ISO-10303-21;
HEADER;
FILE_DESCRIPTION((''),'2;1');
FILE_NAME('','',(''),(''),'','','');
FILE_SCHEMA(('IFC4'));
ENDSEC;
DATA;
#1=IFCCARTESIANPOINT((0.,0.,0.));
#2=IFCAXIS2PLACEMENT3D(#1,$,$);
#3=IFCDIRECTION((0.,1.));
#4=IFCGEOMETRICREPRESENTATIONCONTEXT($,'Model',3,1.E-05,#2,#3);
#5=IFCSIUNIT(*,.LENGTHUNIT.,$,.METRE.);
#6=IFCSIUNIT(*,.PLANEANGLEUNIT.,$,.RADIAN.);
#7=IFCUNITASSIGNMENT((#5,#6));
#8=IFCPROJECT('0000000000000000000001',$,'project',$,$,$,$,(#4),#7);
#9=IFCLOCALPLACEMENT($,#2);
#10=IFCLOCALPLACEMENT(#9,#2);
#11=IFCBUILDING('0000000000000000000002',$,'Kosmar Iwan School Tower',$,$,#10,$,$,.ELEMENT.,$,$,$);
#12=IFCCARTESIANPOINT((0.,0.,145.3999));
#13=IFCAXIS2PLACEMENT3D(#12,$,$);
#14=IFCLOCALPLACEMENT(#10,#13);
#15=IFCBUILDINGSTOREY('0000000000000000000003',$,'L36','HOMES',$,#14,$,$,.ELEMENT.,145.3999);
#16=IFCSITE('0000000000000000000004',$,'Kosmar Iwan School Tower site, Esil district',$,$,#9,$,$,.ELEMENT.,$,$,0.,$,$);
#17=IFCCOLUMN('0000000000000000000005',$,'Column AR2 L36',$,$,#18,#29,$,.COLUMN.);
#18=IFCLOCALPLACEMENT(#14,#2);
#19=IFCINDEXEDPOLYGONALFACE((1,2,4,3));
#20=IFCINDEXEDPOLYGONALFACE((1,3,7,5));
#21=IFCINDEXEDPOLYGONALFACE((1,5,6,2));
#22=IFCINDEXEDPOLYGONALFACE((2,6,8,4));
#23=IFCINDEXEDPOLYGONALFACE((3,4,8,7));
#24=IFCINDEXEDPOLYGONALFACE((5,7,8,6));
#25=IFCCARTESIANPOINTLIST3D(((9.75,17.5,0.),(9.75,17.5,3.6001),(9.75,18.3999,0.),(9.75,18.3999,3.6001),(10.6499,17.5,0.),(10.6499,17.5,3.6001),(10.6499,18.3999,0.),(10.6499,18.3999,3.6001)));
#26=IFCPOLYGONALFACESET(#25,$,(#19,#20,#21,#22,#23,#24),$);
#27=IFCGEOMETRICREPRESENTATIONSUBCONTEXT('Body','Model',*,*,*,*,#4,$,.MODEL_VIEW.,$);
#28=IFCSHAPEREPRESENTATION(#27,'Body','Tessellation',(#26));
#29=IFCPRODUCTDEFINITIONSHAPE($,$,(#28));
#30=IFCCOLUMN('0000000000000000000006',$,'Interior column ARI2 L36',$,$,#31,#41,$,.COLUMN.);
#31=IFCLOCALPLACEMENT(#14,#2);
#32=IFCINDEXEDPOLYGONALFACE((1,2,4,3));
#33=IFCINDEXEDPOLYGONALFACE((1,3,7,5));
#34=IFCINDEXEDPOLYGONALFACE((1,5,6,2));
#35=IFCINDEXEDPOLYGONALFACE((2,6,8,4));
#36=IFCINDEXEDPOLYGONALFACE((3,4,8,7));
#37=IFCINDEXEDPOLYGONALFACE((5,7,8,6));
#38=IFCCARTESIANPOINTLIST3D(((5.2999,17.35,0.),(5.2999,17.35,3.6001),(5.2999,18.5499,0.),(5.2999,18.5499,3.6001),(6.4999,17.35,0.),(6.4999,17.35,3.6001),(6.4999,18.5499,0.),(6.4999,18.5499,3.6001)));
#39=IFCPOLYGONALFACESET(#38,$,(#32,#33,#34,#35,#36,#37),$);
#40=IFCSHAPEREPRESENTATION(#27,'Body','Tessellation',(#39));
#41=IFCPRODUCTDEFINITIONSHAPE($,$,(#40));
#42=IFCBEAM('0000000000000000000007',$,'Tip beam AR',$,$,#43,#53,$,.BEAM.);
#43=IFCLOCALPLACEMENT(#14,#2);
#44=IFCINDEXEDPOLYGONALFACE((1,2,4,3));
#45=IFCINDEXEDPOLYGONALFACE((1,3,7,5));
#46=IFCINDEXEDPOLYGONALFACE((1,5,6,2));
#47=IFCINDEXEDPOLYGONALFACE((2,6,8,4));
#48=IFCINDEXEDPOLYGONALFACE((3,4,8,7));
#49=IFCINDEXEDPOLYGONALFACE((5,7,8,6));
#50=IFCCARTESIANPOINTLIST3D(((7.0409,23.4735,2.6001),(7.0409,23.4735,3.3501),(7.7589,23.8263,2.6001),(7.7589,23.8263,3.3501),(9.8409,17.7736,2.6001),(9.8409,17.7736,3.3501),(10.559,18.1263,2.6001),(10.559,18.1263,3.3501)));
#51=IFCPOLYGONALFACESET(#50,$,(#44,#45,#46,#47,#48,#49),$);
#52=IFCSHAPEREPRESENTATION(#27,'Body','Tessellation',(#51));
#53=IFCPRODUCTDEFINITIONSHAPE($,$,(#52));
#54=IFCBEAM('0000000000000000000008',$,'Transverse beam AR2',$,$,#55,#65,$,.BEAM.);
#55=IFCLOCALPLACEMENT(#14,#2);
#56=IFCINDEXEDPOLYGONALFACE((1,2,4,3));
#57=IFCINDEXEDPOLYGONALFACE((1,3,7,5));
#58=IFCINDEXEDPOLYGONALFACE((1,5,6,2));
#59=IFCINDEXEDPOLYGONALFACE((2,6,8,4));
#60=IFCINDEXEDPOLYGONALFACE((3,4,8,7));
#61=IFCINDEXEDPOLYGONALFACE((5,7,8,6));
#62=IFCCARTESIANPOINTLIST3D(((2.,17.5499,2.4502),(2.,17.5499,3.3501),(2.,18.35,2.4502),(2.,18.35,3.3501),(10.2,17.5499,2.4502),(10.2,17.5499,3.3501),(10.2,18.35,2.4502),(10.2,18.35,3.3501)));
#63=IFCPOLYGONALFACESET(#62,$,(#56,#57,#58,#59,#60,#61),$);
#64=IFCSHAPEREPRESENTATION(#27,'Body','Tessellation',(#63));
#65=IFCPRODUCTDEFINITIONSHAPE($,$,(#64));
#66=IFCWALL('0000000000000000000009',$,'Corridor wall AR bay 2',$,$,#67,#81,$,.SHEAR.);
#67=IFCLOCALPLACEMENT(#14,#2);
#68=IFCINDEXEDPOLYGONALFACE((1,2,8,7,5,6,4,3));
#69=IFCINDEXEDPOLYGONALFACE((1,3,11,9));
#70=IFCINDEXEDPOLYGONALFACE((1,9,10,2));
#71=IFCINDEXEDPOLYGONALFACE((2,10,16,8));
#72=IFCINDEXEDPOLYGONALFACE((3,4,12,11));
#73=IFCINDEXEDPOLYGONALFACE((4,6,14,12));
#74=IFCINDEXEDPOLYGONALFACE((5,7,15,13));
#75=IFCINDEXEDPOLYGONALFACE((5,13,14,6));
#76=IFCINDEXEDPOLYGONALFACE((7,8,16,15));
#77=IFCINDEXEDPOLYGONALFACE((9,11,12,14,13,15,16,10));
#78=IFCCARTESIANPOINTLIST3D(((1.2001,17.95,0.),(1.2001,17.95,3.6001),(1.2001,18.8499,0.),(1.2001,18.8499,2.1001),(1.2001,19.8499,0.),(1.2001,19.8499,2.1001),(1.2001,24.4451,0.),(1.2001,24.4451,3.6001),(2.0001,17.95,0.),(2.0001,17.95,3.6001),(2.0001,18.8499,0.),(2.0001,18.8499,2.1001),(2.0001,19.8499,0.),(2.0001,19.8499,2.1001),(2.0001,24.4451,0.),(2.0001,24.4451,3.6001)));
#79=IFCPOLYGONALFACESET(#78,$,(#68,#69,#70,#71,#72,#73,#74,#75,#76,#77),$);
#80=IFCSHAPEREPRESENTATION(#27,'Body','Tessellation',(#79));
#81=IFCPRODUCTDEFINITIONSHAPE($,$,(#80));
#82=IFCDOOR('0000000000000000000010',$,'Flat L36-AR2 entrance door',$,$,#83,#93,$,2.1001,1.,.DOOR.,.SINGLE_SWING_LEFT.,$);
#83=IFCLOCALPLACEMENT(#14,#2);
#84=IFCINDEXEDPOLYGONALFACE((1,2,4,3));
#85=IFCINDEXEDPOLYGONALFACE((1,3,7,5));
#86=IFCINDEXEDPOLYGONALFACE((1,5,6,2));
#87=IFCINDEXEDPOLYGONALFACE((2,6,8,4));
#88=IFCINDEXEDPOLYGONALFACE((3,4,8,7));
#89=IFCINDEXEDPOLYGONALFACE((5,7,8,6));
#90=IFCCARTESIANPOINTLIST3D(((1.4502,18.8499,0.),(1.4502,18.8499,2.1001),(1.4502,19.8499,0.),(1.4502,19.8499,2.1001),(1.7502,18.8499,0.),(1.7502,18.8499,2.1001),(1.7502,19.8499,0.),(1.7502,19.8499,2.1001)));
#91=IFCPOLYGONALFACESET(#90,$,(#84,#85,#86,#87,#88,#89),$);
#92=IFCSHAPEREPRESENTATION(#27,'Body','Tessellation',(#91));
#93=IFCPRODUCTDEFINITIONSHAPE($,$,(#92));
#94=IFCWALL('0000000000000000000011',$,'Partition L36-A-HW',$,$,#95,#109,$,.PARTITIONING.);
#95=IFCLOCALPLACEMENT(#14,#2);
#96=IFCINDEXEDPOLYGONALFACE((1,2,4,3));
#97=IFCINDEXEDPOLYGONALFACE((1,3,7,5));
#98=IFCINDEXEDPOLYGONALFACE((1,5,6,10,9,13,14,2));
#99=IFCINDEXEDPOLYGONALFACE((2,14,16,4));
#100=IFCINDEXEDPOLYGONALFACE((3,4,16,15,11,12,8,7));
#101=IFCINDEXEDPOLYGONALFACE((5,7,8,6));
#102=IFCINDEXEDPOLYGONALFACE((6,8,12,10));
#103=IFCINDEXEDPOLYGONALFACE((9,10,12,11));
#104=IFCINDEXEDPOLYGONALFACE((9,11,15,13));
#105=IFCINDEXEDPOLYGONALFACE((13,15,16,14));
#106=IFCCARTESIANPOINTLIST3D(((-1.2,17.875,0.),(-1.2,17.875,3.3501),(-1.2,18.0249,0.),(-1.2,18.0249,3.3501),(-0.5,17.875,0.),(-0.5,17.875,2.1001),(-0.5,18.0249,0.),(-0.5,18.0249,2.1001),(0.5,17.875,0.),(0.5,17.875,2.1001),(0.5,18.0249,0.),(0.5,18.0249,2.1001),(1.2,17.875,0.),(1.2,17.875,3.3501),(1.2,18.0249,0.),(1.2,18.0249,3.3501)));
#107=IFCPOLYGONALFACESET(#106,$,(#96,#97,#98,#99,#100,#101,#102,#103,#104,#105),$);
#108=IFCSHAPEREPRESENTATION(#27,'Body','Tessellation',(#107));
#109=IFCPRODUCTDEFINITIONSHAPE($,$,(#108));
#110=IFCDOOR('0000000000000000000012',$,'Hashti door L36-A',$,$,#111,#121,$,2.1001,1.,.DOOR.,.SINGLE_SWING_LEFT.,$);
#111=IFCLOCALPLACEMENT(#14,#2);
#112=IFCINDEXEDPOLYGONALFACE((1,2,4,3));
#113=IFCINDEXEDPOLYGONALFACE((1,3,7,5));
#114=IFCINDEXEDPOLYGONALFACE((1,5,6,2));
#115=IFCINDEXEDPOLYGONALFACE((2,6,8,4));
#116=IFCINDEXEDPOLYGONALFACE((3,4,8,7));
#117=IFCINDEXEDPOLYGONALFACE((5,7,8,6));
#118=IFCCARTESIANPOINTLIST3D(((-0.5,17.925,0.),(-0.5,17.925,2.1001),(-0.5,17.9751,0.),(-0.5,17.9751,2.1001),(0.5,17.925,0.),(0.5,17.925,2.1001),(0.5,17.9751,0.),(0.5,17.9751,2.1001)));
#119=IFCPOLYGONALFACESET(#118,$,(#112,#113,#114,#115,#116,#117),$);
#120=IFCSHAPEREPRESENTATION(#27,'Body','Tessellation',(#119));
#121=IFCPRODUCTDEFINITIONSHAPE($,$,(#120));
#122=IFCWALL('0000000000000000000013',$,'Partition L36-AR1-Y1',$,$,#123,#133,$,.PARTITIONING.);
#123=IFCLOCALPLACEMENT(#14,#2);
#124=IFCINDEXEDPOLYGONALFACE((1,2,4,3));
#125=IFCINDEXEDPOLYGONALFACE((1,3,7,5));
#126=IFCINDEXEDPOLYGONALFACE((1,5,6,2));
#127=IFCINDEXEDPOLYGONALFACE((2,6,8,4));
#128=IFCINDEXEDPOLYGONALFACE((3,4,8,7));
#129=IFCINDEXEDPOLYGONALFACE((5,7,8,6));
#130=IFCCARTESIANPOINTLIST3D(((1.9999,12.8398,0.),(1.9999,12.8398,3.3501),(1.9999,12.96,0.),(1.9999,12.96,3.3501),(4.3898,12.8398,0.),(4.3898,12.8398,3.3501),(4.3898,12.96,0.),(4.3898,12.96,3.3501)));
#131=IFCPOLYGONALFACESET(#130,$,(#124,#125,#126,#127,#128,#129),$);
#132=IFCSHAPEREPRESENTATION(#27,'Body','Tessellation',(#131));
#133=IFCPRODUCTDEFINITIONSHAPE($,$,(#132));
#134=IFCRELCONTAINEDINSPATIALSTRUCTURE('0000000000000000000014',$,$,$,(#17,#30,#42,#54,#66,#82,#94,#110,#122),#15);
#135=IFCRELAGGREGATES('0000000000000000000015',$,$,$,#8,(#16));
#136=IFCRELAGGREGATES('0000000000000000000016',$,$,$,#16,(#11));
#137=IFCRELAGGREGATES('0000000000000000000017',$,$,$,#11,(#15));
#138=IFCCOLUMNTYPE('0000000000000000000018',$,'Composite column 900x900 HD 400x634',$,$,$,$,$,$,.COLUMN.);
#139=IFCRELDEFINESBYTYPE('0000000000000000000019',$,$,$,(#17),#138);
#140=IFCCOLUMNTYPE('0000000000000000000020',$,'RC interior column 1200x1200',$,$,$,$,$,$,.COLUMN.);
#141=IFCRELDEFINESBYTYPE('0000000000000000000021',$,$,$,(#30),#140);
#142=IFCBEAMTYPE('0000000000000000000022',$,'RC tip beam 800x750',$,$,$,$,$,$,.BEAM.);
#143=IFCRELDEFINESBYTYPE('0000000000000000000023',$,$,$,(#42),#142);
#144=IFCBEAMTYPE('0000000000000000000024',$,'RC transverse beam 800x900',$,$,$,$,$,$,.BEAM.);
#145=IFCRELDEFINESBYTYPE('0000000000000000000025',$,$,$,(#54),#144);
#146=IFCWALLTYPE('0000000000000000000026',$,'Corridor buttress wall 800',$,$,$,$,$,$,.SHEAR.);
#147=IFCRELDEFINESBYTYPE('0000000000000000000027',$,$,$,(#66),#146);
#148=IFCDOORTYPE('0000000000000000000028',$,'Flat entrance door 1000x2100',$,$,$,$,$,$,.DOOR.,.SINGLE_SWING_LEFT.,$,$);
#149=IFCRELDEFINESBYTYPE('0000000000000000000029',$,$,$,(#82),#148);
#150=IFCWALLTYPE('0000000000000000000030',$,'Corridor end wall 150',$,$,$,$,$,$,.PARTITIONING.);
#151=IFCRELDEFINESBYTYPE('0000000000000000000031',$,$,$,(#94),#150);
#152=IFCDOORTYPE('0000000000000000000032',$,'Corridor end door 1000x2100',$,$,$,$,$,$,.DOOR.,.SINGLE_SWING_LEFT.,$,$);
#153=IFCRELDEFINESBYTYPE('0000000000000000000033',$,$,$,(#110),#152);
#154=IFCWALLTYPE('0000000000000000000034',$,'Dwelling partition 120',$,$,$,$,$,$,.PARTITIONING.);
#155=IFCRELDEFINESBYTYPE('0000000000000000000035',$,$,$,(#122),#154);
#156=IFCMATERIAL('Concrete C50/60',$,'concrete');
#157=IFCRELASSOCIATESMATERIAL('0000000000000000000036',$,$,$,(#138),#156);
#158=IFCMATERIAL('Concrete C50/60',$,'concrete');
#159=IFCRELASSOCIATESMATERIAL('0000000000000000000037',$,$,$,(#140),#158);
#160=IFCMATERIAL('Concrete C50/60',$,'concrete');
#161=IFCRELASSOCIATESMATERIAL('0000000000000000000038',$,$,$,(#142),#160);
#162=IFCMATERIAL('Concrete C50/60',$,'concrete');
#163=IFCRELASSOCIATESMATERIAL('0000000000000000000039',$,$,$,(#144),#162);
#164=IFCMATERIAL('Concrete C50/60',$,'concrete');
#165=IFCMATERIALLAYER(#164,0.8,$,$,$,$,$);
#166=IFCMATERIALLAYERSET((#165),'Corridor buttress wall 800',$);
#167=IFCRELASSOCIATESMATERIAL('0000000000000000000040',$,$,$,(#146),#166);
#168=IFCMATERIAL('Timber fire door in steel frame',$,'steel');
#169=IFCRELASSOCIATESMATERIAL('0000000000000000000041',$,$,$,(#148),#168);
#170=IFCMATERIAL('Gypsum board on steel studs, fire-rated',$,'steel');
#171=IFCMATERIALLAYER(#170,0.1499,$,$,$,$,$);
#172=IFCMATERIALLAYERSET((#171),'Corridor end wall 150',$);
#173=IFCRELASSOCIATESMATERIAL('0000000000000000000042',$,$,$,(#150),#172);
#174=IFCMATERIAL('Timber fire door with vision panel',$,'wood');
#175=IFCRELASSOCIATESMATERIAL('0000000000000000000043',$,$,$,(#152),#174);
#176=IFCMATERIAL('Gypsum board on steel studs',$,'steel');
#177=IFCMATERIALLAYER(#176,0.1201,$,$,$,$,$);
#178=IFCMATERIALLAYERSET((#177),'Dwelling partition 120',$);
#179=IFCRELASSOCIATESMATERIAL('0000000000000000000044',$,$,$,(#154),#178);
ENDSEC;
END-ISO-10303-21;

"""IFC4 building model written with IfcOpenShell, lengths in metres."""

from ifc_helpers import new_model, si_unit, direction, frame, frame_2d, origin, origin_2d, place, context, subcontext, project, spatial, rectangle, extrude, material, layer, layer_set, material_profile, profile_set, type_object, element, fill, save


model = new_model("IFC4")

# Units and contexts
model_context = context("Model", 3, precision=1e-05, world=origin(), true_north=direction((0.0, 1.0)))
body_context = subcontext(model_context, "Body", "Model", "MODEL_VIEW")
ifc_project = project(units=[si_unit("LENGTHUNIT", "METRE"), si_unit("PLANEANGLEUNIT", "RADIAN")], contexts=[model_context])

# Site, building, storey
site_placement = place(None, origin())
site = spatial("IfcSite", under=ifc_project, at=site_placement, Name="Kosmar Iwan School Tower site, Esil district", CompositionType="ELEMENT", RefElevation=0.0)
building_placement = place(site_placement, origin())
building = spatial("IfcBuilding", under=site, at=building_placement, Name="Kosmar Iwan School Tower", CompositionType="ELEMENT")
storey_placement = place(building_placement, frame((0.0, 0.0, 145.3999)))
storey = spatial("IfcBuildingStorey", under=building, at=storey_placement, Name="L36", Description="HOMES", CompositionType="ELEMENT", Elevation=145.3999)

# Columns
ifc_material_1 = material(Name="Concrete C50/60", Category="concrete")
ifc_material_profile_1 = material_profile(ifc_material_1, rectangle(XDim=0.8999, YDim=0.8999, at=origin_2d()), Name="RC 900x900 + HD 400x634")
ifc_profile_set_1 = profile_set([ifc_material_profile_1], Name="Concrete C50/60")
column_type_1 = type_object("IfcColumnType", Name="Composite column 900x900 HD 400x634", PredefinedType="COLUMN", material=ifc_profile_set_1)
column_1_placement = place(storey_placement, frame((10.2, 17.95, 0.0), z_axis=(0.0, 0.0, 1.0), x_axis=(0.0, 1.0, 0.0)))
element("IfcColumn", 1, at=column_1_placement, inside=storey, type_object=column_type_1, Name="Column AR2 L36", PredefinedType="COLUMN", context=body_context, shape_type="SweptSolid", body=[
    extrude(rectangle(XDim=0.8999, YDim=0.8999, at=origin_2d()), origin(), (0.0, 0.0, 1.0), 3.6001),
])
ifc_material_2 = material(Name="Concrete C50/60", Category="concrete")
ifc_material_profile_2 = material_profile(ifc_material_2, rectangle(XDim=1.2, YDim=1.2, at=origin_2d()), Name="RC 1200x1200")
ifc_profile_set_2 = profile_set([ifc_material_profile_2], Name="Concrete C50/60")
column_type_2 = type_object("IfcColumnType", Name="RC interior column 1200x1200", PredefinedType="COLUMN", material=ifc_profile_set_2)
column_2_placement = place(storey_placement, frame((5.8999, 17.95, 0.0), z_axis=(0.0, 0.0, 1.0), x_axis=(0.0, 1.0, 0.0)))
element("IfcColumn", 2, at=column_2_placement, inside=storey, type_object=column_type_2, Name="Interior column ARI2 L36", PredefinedType="COLUMN", context=body_context, shape_type="SweptSolid", body=[
    extrude(rectangle(XDim=1.2, YDim=1.2, at=origin_2d()), origin(), (0.0, 0.0, 1.0), 3.6001),
])

# Beams
ifc_material_3 = material(Name="Concrete C50/60", Category="concrete")
ifc_material_profile_3 = material_profile(ifc_material_3, rectangle(XDim=0.8, YDim=0.75, at=origin_2d()), Name="RC 800x750")
ifc_profile_set_3 = profile_set([ifc_material_profile_3], Name="Concrete C50/60")
beam_type_1 = type_object("IfcBeamType", Name="RC tip beam 800x750", PredefinedType="BEAM", material=ifc_profile_set_3)
beam_1_placement = place(storey_placement, frame((10.2, 17.95, 2.9751), z_axis=(-0.440913, 0.89755, 0.0), x_axis=(-0.89755, -0.440913, 0.0)))
element("IfcBeam", 3, at=beam_1_placement, inside=storey, type_object=beam_type_1, Name="Tip beam AR", PredefinedType="BEAM", context=body_context, shape_type="SweptSolid", body=[
    extrude(rectangle(XDim=0.8, YDim=0.75, at=origin_2d()), origin(), (0.0, 0.0, 1.0), 6.3506),
])
ifc_material_4 = material(Name="Concrete C50/60", Category="concrete")
ifc_material_profile_4 = material_profile(ifc_material_4, rectangle(XDim=0.8, YDim=0.8999, at=origin_2d()), Name="RC 800x900")
ifc_profile_set_4 = profile_set([ifc_material_profile_4], Name="Concrete C50/60")
beam_type_2 = type_object("IfcBeamType", Name="RC transverse beam 800x900", PredefinedType="BEAM", material=ifc_profile_set_4)
beam_2_placement = place(storey_placement, frame((10.2, 17.95, 2.9001), z_axis=(-1.0, 0.0, 0.0), x_axis=(0.0, -1.0, 0.0)))
element("IfcBeam", 4, at=beam_2_placement, inside=storey, type_object=beam_type_2, Name="Transverse beam AR2", PredefinedType="BEAM", context=body_context, shape_type="SweptSolid", body=[
    extrude(rectangle(XDim=0.8, YDim=0.8999, at=origin_2d()), origin(), (0.0, 0.0, 1.0), 8.2),
])

# Walls, openings, doors
ifc_material_5 = material(Name="Concrete C50/60", Category="concrete")
ifc_layer_1 = layer(ifc_material_5, 0.8)
ifc_layer_set_1 = layer_set([ifc_layer_1], Name="Corridor buttress wall 800")
wall_type_1 = type_object("IfcWallType", Name="Corridor buttress wall 800", PredefinedType="SHEAR", material=ifc_layer_set_1)
wall_1_placement = place(storey_placement, frame((1.6001, 17.95, 0.0), z_axis=(0.0, 0.0, 1.0), x_axis=(0.0, 1.0, 0.0)))
wall_1 = element("IfcWall", 5, at=wall_1_placement, inside=storey, type_object=wall_type_1, Name="Corridor wall AR bay 2", PredefinedType="SHEAR", context=body_context, shape_type="SweptSolid", body=[
    extrude(rectangle(XDim=6.4951, YDim=0.8, at=frame_2d((3.2476, 0.0))), origin(), (0.0, 0.0, 1.0), 3.6001),
])
opening_1_placement = place(wall_1_placement, frame((0.8999, 0.0, 0.0)))
opening_1 = element("IfcOpeningElement", 6, at=opening_1_placement, cuts=wall_1, PredefinedType="OPENING", context=body_context, shape_type="SweptSolid", body=[
    extrude(rectangle(XDim=1.0, YDim=2.1001, at=frame_2d((0.5, 1.05))), frame((0.0, 0.4121, 0.0), z_axis=(0.0, -1.0, 0.0), x_axis=(1.0, 0.0, 0.0)), (0.0, 0.0, 1.0), 0.824),
])
ifc_material_6 = material(Name="Timber fire door in steel frame", Category="steel")
door_type_1 = type_object("IfcDoorType", Name="Flat entrance door 1000x2100", OperationType="SINGLE_SWING_LEFT", PredefinedType="DOOR", material=ifc_material_6)
door_1_placement = place(opening_1_placement, origin())
door_1 = element("IfcDoor", 7, at=door_1_placement, inside=storey, type_object=door_type_1, Name="Flat L36-AR2 entrance door", OperationType="SINGLE_SWING_LEFT", OverallHeight=2.1001, OverallWidth=1.0, PredefinedType="DOOR", context=body_context, shape_type="SweptSolid", body=[
    extrude(rectangle(XDim=1.0, YDim=2.1001, at=frame_2d((0.5, 1.05))), frame((0.0, 0.1499, 0.0), z_axis=(0.0, -1.0, 0.0), x_axis=(1.0, 0.0, 0.0)), (0.0, 0.0, 1.0), 0.3),
])
fill(opening_1, door_1)
ifc_material_7 = material(Name="Gypsum board on steel studs, fire-rated", Category="steel")
ifc_layer_2 = layer(ifc_material_7, 0.1499)
ifc_layer_set_2 = layer_set([ifc_layer_2], Name="Corridor end wall 150")
wall_type_2 = type_object("IfcWallType", Name="Corridor end wall 150", PredefinedType="PARTITIONING", material=ifc_layer_set_2)
wall_2_placement = place(storey_placement, frame((1.2, 17.95, 0.0), z_axis=(0.0, 0.0, 1.0), x_axis=(-1.0, 0.0, 0.0)))
wall_2 = element("IfcWall", 8, at=wall_2_placement, inside=storey, type_object=wall_type_2, Name="Partition L36-A-HW", PredefinedType="PARTITIONING", context=body_context, shape_type="SweptSolid", body=[
    extrude(rectangle(XDim=2.3999, YDim=0.1499, at=frame_2d((1.2, 0.0))), origin(), (0.0, 0.0, 1.0), 3.3501),
])
opening_2_placement = place(wall_2_placement, frame((0.7, 0.0, 0.0)))
opening_2 = element("IfcOpeningElement", 9, at=opening_2_placement, cuts=wall_2, PredefinedType="OPENING", context=body_context, shape_type="SweptSolid", body=[
    extrude(rectangle(XDim=1.0, YDim=2.1001, at=frame_2d((0.5, 1.05))), frame((0.0, 0.0869, 0.0), z_axis=(0.0, -1.0, 0.0), x_axis=(1.0, 0.0, 0.0)), (0.0, 0.0, 1.0), 0.1738),
])
ifc_material_8 = material(Name="Timber fire door with vision panel", Category="wood")
door_type_2 = type_object("IfcDoorType", Name="Corridor end door 1000x2100", OperationType="SINGLE_SWING_LEFT", PredefinedType="DOOR", material=ifc_material_8)
door_2_placement = place(opening_2_placement, origin())
door_2 = element("IfcDoor", 10, at=door_2_placement, inside=storey, type_object=door_type_2, Name="Hashti door L36-A", OperationType="SINGLE_SWING_LEFT", OverallHeight=2.1001, OverallWidth=1.0, PredefinedType="DOOR", context=body_context, shape_type="SweptSolid", body=[
    extrude(rectangle(XDim=1.0, YDim=2.1001, at=frame_2d((0.5, 1.05))), frame((0.0, 0.0249, 0.0), z_axis=(0.0, -1.0, 0.0), x_axis=(1.0, 0.0, 0.0)), (0.0, 0.0, 1.0), 0.05),
])
fill(opening_2, door_2)

# Wall
ifc_material_9 = material(Name="Gypsum board on steel studs", Category="steel")
ifc_layer_3 = layer(ifc_material_9, 0.1201)
ifc_layer_set_3 = layer_set([ifc_layer_3], Name="Dwelling partition 120")
wall_type_3 = type_object("IfcWallType", Name="Dwelling partition 120", PredefinedType="PARTITIONING", material=ifc_layer_set_3)
wall_3_placement = place(storey_placement, frame((2.0, 12.8999, 0.0), z_axis=(0.0, 0.0, 1.0), x_axis=(1.0, 0.0, 0.0)))
element("IfcWall", 11, at=wall_3_placement, inside=storey, type_object=wall_type_3, Name="Partition L36-AR1-Y1", PredefinedType="PARTITIONING", context=body_context, shape_type="SweptSolid", body=[
    extrude(rectangle(XDim=2.3899, YDim=0.1201, at=frame_2d((1.1948, 0.0))), origin(), (0.0, 0.0, 1.0), 3.3501),
])

save(model, "model.ifc")
